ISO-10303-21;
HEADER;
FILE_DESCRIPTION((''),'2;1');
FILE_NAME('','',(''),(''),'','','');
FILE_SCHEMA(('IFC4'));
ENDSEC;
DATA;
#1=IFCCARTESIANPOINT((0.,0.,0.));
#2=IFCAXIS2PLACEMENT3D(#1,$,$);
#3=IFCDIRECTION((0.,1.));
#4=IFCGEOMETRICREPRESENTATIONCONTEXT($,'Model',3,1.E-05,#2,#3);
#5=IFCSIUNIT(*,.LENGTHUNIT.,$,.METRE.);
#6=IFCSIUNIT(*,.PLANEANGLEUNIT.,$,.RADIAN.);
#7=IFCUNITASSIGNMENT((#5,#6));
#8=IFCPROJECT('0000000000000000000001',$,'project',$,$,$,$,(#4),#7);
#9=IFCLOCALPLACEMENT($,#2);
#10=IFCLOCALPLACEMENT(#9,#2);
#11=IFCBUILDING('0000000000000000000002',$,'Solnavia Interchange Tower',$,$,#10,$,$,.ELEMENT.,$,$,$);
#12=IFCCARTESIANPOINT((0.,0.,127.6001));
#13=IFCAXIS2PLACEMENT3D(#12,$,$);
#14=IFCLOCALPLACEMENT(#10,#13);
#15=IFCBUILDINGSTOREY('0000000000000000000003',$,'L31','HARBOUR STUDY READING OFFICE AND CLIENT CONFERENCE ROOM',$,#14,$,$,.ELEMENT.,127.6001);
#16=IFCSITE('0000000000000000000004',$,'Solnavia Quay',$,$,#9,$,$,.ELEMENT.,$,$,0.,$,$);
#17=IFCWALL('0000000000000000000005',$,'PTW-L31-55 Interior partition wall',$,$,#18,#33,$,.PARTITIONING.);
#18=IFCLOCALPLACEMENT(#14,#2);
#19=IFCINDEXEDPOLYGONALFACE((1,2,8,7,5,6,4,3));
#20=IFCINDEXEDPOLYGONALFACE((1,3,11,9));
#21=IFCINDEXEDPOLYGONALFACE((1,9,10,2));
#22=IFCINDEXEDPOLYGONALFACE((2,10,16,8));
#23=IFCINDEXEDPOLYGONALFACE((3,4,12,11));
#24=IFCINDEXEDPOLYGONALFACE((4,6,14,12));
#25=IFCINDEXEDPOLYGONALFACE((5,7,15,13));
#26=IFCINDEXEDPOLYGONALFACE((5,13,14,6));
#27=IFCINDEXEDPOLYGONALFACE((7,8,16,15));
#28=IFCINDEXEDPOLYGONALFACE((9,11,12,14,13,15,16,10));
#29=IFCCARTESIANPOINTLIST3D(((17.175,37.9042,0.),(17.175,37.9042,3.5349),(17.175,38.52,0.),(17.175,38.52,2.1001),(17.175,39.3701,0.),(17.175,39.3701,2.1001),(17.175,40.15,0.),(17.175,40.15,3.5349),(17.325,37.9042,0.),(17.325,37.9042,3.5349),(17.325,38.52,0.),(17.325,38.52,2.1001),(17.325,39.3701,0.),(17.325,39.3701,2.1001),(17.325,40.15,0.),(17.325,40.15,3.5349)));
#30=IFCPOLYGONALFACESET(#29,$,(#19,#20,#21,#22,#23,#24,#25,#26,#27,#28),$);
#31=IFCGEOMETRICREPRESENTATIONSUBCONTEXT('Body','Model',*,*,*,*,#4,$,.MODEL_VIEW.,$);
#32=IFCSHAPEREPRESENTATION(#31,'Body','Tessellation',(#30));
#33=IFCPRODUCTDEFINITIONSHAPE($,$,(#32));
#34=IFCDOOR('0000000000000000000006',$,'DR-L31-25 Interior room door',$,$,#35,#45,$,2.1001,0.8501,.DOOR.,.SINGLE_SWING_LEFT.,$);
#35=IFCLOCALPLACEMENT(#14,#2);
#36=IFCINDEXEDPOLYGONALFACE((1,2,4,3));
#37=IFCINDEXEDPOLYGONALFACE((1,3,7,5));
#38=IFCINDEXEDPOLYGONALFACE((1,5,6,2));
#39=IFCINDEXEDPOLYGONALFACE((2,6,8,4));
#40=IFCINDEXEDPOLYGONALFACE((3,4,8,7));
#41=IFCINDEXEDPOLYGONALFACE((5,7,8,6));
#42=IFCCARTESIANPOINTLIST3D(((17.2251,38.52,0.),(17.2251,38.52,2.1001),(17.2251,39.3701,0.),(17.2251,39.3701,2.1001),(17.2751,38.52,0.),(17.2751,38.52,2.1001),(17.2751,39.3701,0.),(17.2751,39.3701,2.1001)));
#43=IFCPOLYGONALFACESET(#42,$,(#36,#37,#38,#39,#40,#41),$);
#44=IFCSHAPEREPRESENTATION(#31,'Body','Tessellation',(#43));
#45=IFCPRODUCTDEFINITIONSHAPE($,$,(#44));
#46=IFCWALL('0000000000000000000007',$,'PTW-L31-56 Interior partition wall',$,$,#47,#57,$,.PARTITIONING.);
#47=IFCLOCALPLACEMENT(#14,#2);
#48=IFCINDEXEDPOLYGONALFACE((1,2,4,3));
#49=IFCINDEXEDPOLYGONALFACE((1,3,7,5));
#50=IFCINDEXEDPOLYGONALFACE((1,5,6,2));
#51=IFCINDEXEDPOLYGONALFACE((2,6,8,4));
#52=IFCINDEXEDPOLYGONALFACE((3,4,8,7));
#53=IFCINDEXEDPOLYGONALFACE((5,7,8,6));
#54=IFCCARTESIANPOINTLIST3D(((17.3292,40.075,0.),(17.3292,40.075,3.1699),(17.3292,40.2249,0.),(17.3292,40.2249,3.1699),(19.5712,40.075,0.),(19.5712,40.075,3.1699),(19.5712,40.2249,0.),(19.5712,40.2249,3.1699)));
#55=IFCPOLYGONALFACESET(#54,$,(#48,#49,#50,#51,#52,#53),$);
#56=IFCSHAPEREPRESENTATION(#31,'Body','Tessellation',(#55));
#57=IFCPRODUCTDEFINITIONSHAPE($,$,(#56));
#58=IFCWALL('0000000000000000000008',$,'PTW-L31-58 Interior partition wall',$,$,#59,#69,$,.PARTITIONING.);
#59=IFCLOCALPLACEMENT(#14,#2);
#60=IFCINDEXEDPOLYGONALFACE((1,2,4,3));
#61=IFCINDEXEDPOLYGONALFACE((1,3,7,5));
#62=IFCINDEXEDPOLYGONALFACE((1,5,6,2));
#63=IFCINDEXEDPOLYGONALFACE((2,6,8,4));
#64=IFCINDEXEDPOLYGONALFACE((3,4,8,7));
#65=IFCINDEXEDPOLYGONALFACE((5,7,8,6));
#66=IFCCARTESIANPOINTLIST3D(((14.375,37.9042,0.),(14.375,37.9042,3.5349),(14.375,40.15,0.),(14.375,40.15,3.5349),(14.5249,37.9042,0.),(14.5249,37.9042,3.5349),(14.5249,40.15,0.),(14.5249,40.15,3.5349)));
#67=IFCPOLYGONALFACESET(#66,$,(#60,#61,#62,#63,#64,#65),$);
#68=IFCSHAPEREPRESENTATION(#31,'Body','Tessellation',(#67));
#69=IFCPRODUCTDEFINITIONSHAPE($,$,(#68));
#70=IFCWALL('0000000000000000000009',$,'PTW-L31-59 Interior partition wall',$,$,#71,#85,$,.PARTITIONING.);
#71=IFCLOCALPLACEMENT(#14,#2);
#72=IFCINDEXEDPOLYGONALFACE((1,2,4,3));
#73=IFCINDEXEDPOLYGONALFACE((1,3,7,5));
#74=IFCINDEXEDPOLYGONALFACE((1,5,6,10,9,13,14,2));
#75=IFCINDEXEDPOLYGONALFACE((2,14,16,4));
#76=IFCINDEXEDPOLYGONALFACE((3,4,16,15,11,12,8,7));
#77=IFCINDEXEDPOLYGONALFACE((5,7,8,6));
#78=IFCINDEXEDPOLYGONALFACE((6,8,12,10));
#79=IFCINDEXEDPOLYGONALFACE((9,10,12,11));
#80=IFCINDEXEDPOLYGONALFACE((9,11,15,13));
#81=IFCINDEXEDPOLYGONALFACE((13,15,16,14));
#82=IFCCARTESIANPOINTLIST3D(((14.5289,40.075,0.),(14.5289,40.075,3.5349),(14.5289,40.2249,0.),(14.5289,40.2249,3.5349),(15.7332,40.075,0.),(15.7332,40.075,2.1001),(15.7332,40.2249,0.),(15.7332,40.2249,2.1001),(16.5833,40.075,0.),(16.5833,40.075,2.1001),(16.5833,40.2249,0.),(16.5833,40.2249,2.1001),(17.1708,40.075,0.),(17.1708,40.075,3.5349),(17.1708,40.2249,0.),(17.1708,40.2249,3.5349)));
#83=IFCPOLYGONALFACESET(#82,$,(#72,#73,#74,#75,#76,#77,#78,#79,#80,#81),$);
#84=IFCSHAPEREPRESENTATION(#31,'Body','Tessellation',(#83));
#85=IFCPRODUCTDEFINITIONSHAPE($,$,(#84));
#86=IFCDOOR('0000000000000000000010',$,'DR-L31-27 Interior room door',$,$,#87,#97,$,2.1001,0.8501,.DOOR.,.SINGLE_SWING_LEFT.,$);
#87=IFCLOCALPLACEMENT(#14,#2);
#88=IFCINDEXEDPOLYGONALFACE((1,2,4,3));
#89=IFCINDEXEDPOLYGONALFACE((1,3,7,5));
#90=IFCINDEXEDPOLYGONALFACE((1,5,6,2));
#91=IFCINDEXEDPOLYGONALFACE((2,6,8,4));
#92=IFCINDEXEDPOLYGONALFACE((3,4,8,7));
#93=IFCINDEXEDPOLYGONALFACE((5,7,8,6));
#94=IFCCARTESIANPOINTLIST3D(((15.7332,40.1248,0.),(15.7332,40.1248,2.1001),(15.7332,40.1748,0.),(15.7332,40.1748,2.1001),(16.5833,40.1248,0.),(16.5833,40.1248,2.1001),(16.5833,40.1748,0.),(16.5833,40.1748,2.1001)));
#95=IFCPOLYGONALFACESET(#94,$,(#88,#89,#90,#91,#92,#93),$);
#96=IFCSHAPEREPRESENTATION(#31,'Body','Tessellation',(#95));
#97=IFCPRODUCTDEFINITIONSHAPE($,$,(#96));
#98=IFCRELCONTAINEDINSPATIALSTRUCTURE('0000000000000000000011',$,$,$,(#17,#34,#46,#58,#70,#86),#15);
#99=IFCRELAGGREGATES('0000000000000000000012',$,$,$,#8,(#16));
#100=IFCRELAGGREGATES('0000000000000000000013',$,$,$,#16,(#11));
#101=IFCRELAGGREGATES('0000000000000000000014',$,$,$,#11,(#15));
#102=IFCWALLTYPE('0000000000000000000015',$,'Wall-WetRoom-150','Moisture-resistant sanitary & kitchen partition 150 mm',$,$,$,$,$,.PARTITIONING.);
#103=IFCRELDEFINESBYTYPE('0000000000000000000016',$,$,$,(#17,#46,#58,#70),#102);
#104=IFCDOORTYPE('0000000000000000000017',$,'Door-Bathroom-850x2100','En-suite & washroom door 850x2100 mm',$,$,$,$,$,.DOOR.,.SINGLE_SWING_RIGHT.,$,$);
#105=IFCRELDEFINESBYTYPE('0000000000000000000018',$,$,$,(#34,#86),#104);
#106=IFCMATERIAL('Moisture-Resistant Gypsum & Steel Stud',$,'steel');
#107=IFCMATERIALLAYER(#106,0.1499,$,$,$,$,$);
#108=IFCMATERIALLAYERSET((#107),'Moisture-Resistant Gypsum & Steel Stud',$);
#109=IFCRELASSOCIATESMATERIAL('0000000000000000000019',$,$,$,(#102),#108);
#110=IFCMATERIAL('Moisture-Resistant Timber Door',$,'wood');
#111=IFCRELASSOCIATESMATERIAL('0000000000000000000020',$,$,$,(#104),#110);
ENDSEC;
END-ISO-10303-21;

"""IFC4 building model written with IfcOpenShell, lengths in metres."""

from ifc_helpers import new_model, si_unit, direction, frame, frame_2d, origin, place, context, subcontext, project, spatial, rectangle, extrude, material, layer, layer_set, type_object, element, fill, save


model = new_model("IFC4")

# Units and contexts
model_context = context("Model", 3, precision=1e-05, world=origin(), true_north=direction((0.0, 1.0)))
body_context = subcontext(model_context, "Body", "Model", "MODEL_VIEW")
ifc_project = project(units=[si_unit("LENGTHUNIT", "METRE"), si_unit("PLANEANGLEUNIT", "RADIAN")], contexts=[model_context])

# Site, building, storey
site_placement = place(None, origin())
site = spatial("IfcSite", under=ifc_project, at=site_placement, Name="Solnavia Quay", CompositionType="ELEMENT", RefElevation=0.0)
building_placement = place(site_placement, origin())
building = spatial("IfcBuilding", under=site, at=building_placement, Name="Solnavia Interchange Tower", CompositionType="ELEMENT")
storey_placement = place(building_placement, frame((0.0, 0.0, 127.6001)))
storey = spatial("IfcBuildingStorey", under=building, at=storey_placement, Name="L31", Description="HARBOUR STUDY READING OFFICE AND CLIENT CONFERENCE ROOM", CompositionType="ELEMENT", Elevation=127.6001)

# Shared definitions
ifc_material_1 = material(Name="Moisture-Resistant Gypsum & Steel Stud", Category="steel")
ifc_layer_1 = layer(ifc_material_1, 0.1499)
ifc_layer_set_1 = layer_set([ifc_layer_1], Name="Moisture-Resistant Gypsum & Steel Stud")
wall_type_1 = type_object("IfcWallType", Name="Wall-WetRoom-150", Description="Moisture-resistant sanitary & kitchen partition 150 mm", PredefinedType="PARTITIONING", material=ifc_layer_set_1)

# Wall, opening, door
wall_1_placement = place(storey_placement, frame((17.25, 37.9041, 0.0), z_axis=(0.0, 0.0, 1.0), x_axis=(0.0, 1.0, 0.0)))
wall_1 = element("IfcWall", 1, at=wall_1_placement, inside=storey, type_object=wall_type_1, Name="PTW-L31-55 Interior partition wall", PredefinedType="PARTITIONING", context=body_context, shape_type="SweptSolid", body=[
    extrude(rectangle(XDim=2.2458, YDim=0.1499, at=frame_2d((1.123, 0.0))), origin(), (0.0, 0.0, 1.0), 3.5349),
])
opening_1_placement = place(wall_1_placement, frame((0.616, 0.0, 0.0)))
opening_1 = element("IfcOpeningElement", 2, at=opening_1_placement, cuts=wall_1, PredefinedType="OPENING", context=body_context, shape_type="SweptSolid", body=[
    extrude(rectangle(XDim=0.8501, YDim=2.1001, at=frame_2d((0.425, 1.05))), frame((0.0, 0.085, 0.0), z_axis=(0.0, -1.0, 0.0), x_axis=(1.0, 0.0, 0.0)), (0.0, 0.0, 1.0), 0.1699),
])
ifc_material_2 = material(Name="Moisture-Resistant Timber Door", Category="wood")
door_type_1 = type_object("IfcDoorType", Name="Door-Bathroom-850x2100", Description="En-suite & washroom door 850x2100 mm", OperationType="SINGLE_SWING_RIGHT", PredefinedType="DOOR", material=ifc_material_2)
door_1_placement = place(opening_1_placement, origin())
door_1 = element("IfcDoor", 3, at=door_1_placement, inside=storey, type_object=door_type_1, Name="DR-L31-25 Interior room door", OperationType="SINGLE_SWING_LEFT", OverallHeight=2.1001, OverallWidth=0.8501, PredefinedType="DOOR", context=body_context, shape_type="SweptSolid", body=[
    extrude(rectangle(XDim=0.8501, YDim=2.1001, at=frame_2d((0.425, 1.05))), frame((0.0, 0.0249, 0.0), z_axis=(0.0, -1.0, 0.0), x_axis=(1.0, 0.0, 0.0)), (0.0, 0.0, 1.0), 0.05),
])
fill(opening_1, door_1)

# Walls
wall_2_placement = place(storey_placement, frame((17.3291, 40.1499, 0.0), z_axis=(0.0, 0.0, 1.0), x_axis=(1.0, 0.0, 0.0)))
element("IfcWall", 4, at=wall_2_placement, inside=storey, type_object=wall_type_1, Name="PTW-L31-56 Interior partition wall", PredefinedType="PARTITIONING", context=body_context, shape_type="SweptSolid", body=[
    extrude(rectangle(XDim=2.2419, YDim=0.1499, at=frame_2d((1.1211, 0.0))), origin(), (0.0, 0.0, 1.0), 3.1699),
])
wall_3_placement = place(storey_placement, frame((14.45, 37.9041, 0.0), z_axis=(0.0, 0.0, 1.0), x_axis=(0.0, 1.0, 0.0)))
element("IfcWall", 5, at=wall_3_placement, inside=storey, type_object=wall_type_1, Name="PTW-L31-58 Interior partition wall", PredefinedType="PARTITIONING", context=body_context, shape_type="SweptSolid", body=[
    extrude(rectangle(XDim=2.2458, YDim=0.1499, at=frame_2d((1.123, 0.0))), origin(), (0.0, 0.0, 1.0), 3.5349),
])

# Wall, opening, door
wall_4_placement = place(storey_placement, frame((14.5291, 40.1499, 0.0), z_axis=(0.0, 0.0, 1.0), x_axis=(1.0, 0.0, 0.0)))
wall_4 = element("IfcWall", 6, at=wall_4_placement, inside=storey, type_object=wall_type_1, Name="PTW-L31-59 Interior partition wall", PredefinedType="PARTITIONING", context=body_context, shape_type="SweptSolid", body=[
    extrude(rectangle(XDim=2.6418, YDim=0.1499, at=frame_2d((1.3208, 0.0))), origin(), (0.0, 0.0, 1.0), 3.5349),
])
opening_2_placement = place(wall_4_placement, frame((1.2041, 0.0, 0.0)))
opening_2 = element("IfcOpeningElement", 7, at=opening_2_placement, cuts=wall_4, PredefinedType="OPENING", context=body_context, shape_type="SweptSolid", body=[
    extrude(rectangle(XDim=0.8501, YDim=2.1001, at=frame_2d((0.425, 1.05))), frame((0.0, 0.085, 0.0), z_axis=(0.0, -1.0, 0.0), x_axis=(1.0, 0.0, 0.0)), (0.0, 0.0, 1.0), 0.1699),
])
door_2_placement = place(opening_2_placement, origin())
door_2 = element("IfcDoor", 8, at=door_2_placement, inside=storey, type_object=door_type_1, Name="DR-L31-27 Interior room door", OperationType="SINGLE_SWING_LEFT", OverallHeight=2.1001, OverallWidth=0.8501, PredefinedType="DOOR", context=body_context, shape_type="SweptSolid", body=[
    extrude(rectangle(XDim=0.8501, YDim=2.1001, at=frame_2d((0.425, 1.05))), frame((0.0, 0.0249, 0.0), z_axis=(0.0, -1.0, 0.0), x_axis=(1.0, 0.0, 0.0)), (0.0, 0.0, 1.0), 0.05),
])
fill(opening_2, door_2)

save(model, "model.ifc")
